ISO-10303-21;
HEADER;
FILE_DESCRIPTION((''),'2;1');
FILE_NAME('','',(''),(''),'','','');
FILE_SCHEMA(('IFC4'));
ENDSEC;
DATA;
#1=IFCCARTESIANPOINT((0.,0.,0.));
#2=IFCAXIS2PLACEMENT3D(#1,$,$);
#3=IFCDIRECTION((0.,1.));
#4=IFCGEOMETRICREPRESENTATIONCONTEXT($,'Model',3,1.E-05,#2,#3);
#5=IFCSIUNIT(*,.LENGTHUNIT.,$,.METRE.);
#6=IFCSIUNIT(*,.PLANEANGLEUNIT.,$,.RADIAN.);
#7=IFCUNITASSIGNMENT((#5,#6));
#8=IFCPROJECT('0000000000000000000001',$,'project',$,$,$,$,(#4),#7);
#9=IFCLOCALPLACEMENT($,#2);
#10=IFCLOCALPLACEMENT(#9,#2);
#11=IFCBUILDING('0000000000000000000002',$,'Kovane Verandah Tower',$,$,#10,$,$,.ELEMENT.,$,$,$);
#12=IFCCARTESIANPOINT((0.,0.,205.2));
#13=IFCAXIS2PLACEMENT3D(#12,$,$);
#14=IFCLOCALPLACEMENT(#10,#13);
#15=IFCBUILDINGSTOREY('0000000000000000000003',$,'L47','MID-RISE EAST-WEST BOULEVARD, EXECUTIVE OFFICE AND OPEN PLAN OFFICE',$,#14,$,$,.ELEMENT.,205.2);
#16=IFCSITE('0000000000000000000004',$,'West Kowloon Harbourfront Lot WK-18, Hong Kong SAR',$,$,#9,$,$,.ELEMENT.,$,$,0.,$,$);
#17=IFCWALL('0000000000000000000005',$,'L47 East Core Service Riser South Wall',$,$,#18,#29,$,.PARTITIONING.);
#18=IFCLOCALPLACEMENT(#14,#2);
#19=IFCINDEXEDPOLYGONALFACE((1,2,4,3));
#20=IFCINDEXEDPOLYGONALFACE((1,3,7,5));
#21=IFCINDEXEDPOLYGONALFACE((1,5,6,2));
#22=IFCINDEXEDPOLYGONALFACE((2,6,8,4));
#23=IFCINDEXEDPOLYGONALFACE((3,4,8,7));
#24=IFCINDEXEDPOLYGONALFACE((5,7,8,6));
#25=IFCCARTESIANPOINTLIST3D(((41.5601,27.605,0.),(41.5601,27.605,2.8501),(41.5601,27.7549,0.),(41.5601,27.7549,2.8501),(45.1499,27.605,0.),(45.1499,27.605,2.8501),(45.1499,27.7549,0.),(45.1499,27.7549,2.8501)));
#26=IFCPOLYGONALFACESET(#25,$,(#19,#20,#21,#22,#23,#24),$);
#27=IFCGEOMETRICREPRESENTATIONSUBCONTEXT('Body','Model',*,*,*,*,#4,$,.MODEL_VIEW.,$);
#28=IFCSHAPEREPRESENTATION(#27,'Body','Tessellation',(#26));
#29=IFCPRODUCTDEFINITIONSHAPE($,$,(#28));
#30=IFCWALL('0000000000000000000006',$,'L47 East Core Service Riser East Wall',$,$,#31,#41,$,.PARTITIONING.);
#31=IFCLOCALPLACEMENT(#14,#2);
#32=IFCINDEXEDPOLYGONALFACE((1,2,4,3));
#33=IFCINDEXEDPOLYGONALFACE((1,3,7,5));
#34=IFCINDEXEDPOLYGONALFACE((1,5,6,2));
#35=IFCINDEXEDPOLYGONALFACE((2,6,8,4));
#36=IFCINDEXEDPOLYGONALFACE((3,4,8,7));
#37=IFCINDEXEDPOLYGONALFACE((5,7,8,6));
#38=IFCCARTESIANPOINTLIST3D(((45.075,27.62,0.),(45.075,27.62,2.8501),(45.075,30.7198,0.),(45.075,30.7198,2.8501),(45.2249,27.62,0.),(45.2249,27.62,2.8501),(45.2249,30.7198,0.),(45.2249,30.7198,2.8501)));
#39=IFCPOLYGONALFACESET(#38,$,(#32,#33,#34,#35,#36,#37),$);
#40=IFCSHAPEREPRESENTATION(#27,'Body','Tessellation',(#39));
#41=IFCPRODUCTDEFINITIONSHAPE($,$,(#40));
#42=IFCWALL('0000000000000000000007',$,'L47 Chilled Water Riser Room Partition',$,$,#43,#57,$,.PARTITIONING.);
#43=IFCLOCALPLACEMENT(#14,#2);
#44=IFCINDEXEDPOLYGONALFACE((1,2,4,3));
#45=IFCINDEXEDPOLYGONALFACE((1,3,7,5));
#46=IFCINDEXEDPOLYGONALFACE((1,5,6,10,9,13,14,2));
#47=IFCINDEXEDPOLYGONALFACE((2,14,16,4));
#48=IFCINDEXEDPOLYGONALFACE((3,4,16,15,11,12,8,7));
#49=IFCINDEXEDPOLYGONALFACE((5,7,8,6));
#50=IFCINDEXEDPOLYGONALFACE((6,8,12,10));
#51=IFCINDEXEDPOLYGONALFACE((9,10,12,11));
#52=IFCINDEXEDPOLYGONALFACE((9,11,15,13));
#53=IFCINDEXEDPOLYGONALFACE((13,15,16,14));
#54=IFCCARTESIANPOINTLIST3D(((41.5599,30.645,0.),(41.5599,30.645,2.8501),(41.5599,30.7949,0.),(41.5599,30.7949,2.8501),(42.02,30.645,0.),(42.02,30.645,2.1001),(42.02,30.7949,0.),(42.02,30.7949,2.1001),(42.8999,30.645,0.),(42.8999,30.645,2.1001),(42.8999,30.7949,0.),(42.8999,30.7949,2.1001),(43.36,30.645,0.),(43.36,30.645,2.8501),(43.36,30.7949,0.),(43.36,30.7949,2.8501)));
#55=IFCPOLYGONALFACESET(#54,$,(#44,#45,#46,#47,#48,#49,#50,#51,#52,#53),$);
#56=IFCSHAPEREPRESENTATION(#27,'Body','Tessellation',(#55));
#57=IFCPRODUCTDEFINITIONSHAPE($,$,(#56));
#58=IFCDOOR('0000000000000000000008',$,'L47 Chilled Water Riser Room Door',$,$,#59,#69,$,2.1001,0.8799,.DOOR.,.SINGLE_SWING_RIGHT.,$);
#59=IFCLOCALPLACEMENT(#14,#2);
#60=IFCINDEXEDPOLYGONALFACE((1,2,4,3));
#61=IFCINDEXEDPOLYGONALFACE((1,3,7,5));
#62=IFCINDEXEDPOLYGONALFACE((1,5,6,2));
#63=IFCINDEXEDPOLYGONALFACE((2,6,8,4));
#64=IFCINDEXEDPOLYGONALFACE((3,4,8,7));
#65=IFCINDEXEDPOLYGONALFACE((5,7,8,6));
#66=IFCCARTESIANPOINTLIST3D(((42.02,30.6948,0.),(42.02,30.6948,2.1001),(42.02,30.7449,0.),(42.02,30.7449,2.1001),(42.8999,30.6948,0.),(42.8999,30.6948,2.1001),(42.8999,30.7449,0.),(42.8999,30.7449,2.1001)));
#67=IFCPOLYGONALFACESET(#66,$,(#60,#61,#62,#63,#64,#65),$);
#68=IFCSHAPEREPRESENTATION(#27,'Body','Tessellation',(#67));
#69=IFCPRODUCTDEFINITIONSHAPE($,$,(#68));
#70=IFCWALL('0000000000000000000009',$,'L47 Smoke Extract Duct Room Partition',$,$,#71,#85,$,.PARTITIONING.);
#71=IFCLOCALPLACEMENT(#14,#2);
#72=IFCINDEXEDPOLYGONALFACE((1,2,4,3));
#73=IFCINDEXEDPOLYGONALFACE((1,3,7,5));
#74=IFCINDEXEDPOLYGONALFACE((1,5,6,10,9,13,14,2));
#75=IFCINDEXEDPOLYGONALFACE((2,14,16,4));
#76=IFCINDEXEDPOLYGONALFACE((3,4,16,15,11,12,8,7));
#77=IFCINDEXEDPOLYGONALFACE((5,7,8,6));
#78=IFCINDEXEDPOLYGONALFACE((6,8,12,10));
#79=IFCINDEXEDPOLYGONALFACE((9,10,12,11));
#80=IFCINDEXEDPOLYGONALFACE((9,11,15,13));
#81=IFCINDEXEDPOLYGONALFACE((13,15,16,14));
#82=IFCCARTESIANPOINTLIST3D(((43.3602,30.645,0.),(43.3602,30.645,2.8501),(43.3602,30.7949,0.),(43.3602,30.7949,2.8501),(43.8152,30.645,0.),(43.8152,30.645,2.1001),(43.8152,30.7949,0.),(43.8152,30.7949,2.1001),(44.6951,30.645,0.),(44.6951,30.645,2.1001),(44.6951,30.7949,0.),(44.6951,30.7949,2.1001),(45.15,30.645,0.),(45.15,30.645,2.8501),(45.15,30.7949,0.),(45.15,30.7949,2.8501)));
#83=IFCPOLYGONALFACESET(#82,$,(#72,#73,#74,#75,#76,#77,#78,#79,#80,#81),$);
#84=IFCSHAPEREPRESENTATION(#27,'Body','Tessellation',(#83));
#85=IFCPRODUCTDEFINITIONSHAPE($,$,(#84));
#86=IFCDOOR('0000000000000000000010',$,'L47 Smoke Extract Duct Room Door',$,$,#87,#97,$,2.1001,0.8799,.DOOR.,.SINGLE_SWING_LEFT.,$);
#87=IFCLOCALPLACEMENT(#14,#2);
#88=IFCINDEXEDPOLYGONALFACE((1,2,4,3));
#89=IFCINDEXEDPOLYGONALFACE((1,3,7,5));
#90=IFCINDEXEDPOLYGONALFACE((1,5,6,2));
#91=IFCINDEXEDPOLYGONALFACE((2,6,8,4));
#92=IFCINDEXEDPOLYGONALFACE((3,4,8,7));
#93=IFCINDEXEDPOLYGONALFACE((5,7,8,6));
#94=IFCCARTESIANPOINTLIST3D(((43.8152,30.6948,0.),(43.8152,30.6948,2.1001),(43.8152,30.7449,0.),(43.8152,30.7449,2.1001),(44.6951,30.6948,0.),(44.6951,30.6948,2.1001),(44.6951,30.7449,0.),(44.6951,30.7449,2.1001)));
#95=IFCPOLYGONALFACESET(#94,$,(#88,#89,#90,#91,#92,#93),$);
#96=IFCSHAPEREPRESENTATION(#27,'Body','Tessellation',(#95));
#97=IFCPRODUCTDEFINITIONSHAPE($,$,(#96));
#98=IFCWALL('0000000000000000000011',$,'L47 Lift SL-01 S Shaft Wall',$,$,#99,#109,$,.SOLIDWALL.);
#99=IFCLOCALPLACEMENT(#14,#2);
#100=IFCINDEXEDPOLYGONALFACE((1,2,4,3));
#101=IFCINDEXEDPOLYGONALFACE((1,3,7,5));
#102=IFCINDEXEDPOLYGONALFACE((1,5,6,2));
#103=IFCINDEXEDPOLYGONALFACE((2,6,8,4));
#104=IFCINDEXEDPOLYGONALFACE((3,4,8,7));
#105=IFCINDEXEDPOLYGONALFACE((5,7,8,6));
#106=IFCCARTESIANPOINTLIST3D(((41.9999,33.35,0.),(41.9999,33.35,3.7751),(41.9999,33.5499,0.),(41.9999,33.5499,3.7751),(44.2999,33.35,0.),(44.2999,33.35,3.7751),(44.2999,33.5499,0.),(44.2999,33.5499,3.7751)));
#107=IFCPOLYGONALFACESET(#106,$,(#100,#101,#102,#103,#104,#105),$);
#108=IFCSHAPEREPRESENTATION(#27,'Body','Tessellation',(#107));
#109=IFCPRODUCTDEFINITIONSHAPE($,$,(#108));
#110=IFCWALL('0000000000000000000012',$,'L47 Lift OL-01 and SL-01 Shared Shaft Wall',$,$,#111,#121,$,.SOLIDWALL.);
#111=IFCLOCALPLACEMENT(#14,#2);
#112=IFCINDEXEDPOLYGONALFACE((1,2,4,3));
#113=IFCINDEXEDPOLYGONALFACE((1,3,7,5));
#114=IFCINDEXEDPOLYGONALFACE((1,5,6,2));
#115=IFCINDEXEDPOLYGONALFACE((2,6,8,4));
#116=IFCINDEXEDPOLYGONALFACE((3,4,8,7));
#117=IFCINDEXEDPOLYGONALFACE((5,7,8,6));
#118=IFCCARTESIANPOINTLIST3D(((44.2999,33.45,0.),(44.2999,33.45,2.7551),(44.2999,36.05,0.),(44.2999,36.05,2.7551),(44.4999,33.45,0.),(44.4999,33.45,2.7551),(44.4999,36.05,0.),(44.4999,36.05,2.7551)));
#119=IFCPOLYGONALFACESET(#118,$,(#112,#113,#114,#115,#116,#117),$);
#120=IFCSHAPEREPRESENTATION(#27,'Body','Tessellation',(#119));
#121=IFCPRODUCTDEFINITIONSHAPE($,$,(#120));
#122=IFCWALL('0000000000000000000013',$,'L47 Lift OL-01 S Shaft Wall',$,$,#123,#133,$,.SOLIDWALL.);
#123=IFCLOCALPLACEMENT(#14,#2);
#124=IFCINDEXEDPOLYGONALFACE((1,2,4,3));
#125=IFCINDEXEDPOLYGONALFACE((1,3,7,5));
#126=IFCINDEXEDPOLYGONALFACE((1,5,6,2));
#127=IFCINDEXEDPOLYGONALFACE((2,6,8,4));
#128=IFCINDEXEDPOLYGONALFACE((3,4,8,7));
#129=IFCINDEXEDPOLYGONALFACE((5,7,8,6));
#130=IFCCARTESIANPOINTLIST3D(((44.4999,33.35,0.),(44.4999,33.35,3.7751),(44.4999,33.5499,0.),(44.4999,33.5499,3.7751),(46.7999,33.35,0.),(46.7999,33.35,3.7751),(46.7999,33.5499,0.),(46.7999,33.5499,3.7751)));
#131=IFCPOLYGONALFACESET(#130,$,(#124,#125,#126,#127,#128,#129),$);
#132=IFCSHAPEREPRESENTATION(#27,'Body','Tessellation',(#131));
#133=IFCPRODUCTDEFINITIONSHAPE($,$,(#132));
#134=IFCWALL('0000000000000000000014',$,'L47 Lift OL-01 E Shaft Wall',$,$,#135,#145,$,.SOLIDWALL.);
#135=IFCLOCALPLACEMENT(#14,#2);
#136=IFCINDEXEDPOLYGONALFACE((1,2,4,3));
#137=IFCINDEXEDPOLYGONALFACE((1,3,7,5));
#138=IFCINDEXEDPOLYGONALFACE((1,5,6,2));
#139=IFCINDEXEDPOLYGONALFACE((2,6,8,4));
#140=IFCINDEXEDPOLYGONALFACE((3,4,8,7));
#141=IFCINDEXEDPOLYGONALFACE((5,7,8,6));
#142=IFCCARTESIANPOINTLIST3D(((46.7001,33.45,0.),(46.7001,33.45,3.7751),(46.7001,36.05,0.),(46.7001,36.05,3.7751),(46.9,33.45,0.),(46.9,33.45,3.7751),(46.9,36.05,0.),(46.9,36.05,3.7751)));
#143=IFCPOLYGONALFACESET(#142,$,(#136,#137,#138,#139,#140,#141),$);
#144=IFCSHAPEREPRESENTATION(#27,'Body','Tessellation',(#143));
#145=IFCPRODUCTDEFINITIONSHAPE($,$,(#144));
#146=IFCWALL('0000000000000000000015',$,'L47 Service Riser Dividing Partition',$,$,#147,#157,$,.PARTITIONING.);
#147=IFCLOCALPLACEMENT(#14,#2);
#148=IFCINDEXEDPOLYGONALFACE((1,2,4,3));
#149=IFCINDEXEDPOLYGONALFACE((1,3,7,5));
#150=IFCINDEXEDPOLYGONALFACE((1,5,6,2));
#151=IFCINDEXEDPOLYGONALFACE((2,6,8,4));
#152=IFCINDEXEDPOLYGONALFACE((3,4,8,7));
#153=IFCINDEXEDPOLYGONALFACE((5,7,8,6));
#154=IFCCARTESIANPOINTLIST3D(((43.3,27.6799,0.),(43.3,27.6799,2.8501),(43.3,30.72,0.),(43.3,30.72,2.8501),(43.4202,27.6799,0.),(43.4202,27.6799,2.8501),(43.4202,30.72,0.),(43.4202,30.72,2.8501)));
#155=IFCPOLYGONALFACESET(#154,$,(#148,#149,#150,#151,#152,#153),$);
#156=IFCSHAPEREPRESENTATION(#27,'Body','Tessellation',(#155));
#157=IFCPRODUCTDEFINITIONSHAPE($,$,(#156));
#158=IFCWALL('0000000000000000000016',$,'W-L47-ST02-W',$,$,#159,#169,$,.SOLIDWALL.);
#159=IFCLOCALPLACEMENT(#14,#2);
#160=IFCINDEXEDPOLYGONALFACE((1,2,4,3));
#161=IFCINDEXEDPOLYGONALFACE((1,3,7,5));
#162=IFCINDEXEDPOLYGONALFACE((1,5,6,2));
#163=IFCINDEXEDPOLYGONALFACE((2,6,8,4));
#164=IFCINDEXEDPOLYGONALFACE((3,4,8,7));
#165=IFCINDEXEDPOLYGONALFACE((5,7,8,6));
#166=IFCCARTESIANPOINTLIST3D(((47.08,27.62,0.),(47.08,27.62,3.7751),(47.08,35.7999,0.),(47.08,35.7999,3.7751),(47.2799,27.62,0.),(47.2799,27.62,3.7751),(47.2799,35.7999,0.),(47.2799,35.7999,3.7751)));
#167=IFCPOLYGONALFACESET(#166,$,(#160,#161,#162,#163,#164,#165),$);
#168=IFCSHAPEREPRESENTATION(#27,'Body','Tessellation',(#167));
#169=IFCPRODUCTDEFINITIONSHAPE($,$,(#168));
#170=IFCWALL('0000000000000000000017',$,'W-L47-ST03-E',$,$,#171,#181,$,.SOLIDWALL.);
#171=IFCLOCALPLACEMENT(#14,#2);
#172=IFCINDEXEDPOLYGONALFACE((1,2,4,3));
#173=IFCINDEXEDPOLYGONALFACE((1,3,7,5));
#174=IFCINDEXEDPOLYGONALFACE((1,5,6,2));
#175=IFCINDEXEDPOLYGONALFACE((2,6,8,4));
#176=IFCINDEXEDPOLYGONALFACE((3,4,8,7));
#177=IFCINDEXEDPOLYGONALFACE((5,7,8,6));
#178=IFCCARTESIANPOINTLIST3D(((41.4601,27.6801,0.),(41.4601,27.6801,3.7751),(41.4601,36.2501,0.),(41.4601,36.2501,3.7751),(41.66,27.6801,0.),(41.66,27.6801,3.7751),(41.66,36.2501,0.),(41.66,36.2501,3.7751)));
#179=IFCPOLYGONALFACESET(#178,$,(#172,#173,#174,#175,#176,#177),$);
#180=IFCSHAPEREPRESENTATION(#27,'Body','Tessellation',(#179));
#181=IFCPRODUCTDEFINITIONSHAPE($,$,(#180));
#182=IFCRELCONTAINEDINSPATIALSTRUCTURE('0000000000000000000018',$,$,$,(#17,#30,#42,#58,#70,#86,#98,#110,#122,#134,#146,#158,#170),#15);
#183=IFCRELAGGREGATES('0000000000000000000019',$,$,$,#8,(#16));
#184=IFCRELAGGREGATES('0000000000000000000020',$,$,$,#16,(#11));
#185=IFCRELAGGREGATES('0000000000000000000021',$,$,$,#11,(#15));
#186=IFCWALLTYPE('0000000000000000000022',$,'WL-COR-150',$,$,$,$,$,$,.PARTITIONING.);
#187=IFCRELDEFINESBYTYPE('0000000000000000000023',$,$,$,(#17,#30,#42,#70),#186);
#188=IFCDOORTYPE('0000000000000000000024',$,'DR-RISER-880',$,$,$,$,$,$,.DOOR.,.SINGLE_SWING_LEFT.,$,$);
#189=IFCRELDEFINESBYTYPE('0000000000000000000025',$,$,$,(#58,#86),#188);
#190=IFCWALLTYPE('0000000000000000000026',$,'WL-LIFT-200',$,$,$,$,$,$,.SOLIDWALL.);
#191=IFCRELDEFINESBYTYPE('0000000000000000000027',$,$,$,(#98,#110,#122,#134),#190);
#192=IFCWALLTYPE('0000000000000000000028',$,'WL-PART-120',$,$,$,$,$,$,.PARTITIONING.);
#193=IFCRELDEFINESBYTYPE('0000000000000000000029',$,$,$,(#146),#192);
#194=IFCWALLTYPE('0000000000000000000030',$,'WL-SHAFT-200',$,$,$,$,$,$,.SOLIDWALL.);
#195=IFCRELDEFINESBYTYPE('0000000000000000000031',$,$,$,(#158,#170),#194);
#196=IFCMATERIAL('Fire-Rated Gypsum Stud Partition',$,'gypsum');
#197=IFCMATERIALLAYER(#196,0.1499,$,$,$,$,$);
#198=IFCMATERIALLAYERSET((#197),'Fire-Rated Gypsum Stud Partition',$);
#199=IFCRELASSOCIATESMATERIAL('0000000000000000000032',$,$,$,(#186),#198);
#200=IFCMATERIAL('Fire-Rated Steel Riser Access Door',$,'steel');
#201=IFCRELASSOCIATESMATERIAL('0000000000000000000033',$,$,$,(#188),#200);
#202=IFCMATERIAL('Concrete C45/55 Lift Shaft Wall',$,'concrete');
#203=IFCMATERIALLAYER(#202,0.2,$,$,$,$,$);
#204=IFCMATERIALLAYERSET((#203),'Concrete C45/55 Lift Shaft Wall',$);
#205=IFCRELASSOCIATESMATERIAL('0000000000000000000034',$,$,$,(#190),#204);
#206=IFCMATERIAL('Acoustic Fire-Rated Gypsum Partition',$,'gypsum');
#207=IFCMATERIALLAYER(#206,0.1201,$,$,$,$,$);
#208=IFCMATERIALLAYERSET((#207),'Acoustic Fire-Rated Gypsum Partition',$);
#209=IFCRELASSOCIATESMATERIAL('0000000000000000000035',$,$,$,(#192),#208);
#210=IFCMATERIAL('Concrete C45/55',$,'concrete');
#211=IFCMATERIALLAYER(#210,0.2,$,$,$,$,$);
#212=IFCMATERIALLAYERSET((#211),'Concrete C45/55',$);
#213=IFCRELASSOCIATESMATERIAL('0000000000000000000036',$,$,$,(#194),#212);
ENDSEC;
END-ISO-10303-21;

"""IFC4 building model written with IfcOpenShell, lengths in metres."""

from ifc_helpers import new_model, si_unit, direction, frame, frame_2d, origin, place, context, subcontext, project, spatial, rectangle, extrude, material, layer, layer_set, type_object, element, fill, save


model = new_model("IFC4")

# Units and contexts
model_context = context("Model", 3, precision=1e-05, world=origin(), true_north=direction((0.0, 1.0)))
body_context = subcontext(model_context, "Body", "Model", "MODEL_VIEW")
ifc_project = project(units=[si_unit("LENGTHUNIT", "METRE"), si_unit("PLANEANGLEUNIT", "RADIAN")], contexts=[model_context])

# Site, building, storey
site_placement = place(None, origin())
site = spatial("IfcSite", under=ifc_project, at=site_placement, Name="West Kowloon Harbourfront Lot WK-18, Hong Kong SAR", CompositionType="ELEMENT", RefElevation=0.0)
building_placement = place(site_placement, origin())
building = spatial("IfcBuilding", under=site, at=building_placement, Name="Kovane Verandah Tower", CompositionType="ELEMENT")
storey_placement = place(building_placement, frame((0.0, 0.0, 205.2)))
storey = spatial("IfcBuildingStorey", under=building, at=storey_placement, Name="L47", Description="MID-RISE EAST-WEST BOULEVARD, EXECUTIVE OFFICE AND OPEN PLAN OFFICE", CompositionType="ELEMENT", Elevation=205.2)

# Walls
ifc_material_1 = material(Name="Fire-Rated Gypsum Stud Partition", Category="gypsum")
ifc_layer_1 = layer(ifc_material_1, 0.1499)
ifc_layer_set_1 = layer_set([ifc_layer_1], Name="Fire-Rated Gypsum Stud Partition")
wall_type_1 = type_object("IfcWallType", Name="WL-COR-150", PredefinedType="PARTITIONING", material=ifc_layer_set_1)
wall_1_placement = place(storey_placement, frame((41.5601, 27.6799, 0.0), z_axis=(0.0, 0.0, 1.0), x_axis=(1.0, 0.0, 0.0)))
element("IfcWall", 1, at=wall_1_placement, inside=storey, type_object=wall_type_1, Name="L47 East Core Service Riser South Wall", PredefinedType="PARTITIONING", context=body_context, shape_type="SweptSolid", body=[
    extrude(rectangle(XDim=3.5898, YDim=0.1499, at=frame_2d((1.7949, 0.0))), origin(), (0.0, 0.0, 1.0), 2.8501),
])
wall_2_placement = place(storey_placement, frame((45.1499, 27.6201, 0.0), z_axis=(0.0, 0.0, 1.0), x_axis=(0.0, 1.0, 0.0)))
element("IfcWall", 2, at=wall_2_placement, inside=storey, type_object=wall_type_1, Name="L47 East Core Service Riser East Wall", PredefinedType="PARTITIONING", context=body_context, shape_type="SweptSolid", body=[
    extrude(rectangle(XDim=3.0999, YDim=0.1499, at=frame_2d((1.5498, 0.0))), origin(), (0.0, 0.0, 1.0), 2.8501),
])

# Walls, openings, doors
wall_3_placement = place(storey_placement, frame((41.5601, 30.72, 0.0), z_axis=(0.0, 0.0, 1.0), x_axis=(1.0, 0.0, 0.0)))
wall_3 = element("IfcWall", 3, at=wall_3_placement, inside=storey, type_object=wall_type_1, Name="L47 Chilled Water Riser Room Partition", PredefinedType="PARTITIONING", context=body_context, shape_type="SweptSolid", body=[
    extrude(rectangle(XDim=1.8, YDim=0.1499, at=frame_2d((0.8999, 0.0))), origin(), (0.0, 0.0, 1.0), 2.8501),
])
opening_1_placement = place(wall_3_placement, frame((0.46, 0.0, 0.0)))
opening_1 = element("IfcOpeningElement", 4, at=opening_1_placement, cuts=wall_3, PredefinedType="OPENING", context=body_context, shape_type="SweptSolid", body=[
    extrude(rectangle(XDim=0.8799, YDim=2.1001, at=frame_2d((0.4399, 1.05))), frame((0.0, 0.075, 0.0), z_axis=(0.0, -1.0, 0.0), x_axis=(1.0, 0.0, 0.0)), (0.0, 0.0, 1.0), 0.1499),
])
ifc_material_2 = material(Name="Fire-Rated Steel Riser Access Door", Category="steel")
door_type_1 = type_object("IfcDoorType", Name="DR-RISER-880", OperationType="SINGLE_SWING_LEFT", PredefinedType="DOOR", material=ifc_material_2)
door_1_placement = place(opening_1_placement, origin())
door_1 = element("IfcDoor", 5, at=door_1_placement, inside=storey, type_object=door_type_1, Name="L47 Chilled Water Riser Room Door", OperationType="SINGLE_SWING_RIGHT", OverallHeight=2.1001, OverallWidth=0.8799, PredefinedType="DOOR", context=body_context, shape_type="SweptSolid", body=[
    extrude(rectangle(XDim=0.8799, YDim=2.1001, at=frame_2d((0.4399, 1.05))), frame((0.0, 0.0249, 0.0), z_axis=(0.0, -1.0, 0.0), x_axis=(1.0, 0.0, 0.0)), (0.0, 0.0, 1.0), 0.05),
])
fill(opening_1, door_1)
wall_4_placement = place(storey_placement, frame((43.3601, 30.72, 0.0), z_axis=(0.0, 0.0, 1.0), x_axis=(1.0, 0.0, 0.0)))
wall_4 = element("IfcWall", 6, at=wall_4_placement, inside=storey, type_object=wall_type_1, Name="L47 Smoke Extract Duct Room Partition", PredefinedType="PARTITIONING", context=body_context, shape_type="SweptSolid", body=[
    extrude(rectangle(XDim=1.7898, YDim=0.1499, at=frame_2d((0.895, 0.0))), origin(), (0.0, 0.0, 1.0), 2.8501),
])
opening_2_placement = place(wall_4_placement, frame((0.4551, 0.0, 0.0)))
opening_2 = element("IfcOpeningElement", 7, at=opening_2_placement, cuts=wall_4, PredefinedType="OPENING", context=body_context, shape_type="SweptSolid", body=[
    extrude(rectangle(XDim=0.8799, YDim=2.1001, at=frame_2d((0.4399, 1.05))), frame((0.0, 0.075, 0.0), z_axis=(0.0, -1.0, 0.0), x_axis=(1.0, 0.0, 0.0)), (0.0, 0.0, 1.0), 0.1499),
])
door_2_placement = place(opening_2_placement, origin())
door_2 = element("IfcDoor", 8, at=door_2_placement, inside=storey, type_object=door_type_1, Name="L47 Smoke Extract Duct Room Door", OperationType="SINGLE_SWING_LEFT", OverallHeight=2.1001, OverallWidth=0.8799, PredefinedType="DOOR", context=body_context, shape_type="SweptSolid", body=[
    extrude(rectangle(XDim=0.8799, YDim=2.1001, at=frame_2d((0.4399, 1.05))), frame((0.0, 0.0249, 0.0), z_axis=(0.0, -1.0, 0.0), x_axis=(1.0, 0.0, 0.0)), (0.0, 0.0, 1.0), 0.05),
])
fill(opening_2, door_2)

# Walls
ifc_material_3 = material(Name="Concrete C45/55 Lift Shaft Wall", Category="concrete")
ifc_layer_2 = layer(ifc_material_3, 0.2)
ifc_layer_set_2 = layer_set([ifc_layer_2], Name="Concrete C45/55 Lift Shaft Wall")
wall_type_2 = type_object("IfcWallType", Name="WL-LIFT-200", PredefinedType="SOLIDWALL", material=ifc_layer_set_2)
wall_5_placement = place(storey_placement, frame((42.0, 33.45, 0.0), z_axis=(0.0, 0.0, 1.0), x_axis=(1.0, 0.0, 0.0)))
element("IfcWall", 9, at=wall_5_placement, inside=storey, type_object=wall_type_2, Name="L47 Lift SL-01 S Shaft Wall", PredefinedType="SOLIDWALL", context=body_context, shape_type="SweptSolid", body=[
    extrude(rectangle(XDim=2.3, YDim=0.2, at=frame_2d((1.1499, 0.0))), origin(), (0.0, 0.0, 1.0), 3.7751),
])
wall_6_placement = place(storey_placement, frame((44.3999, 33.45, 0.0), z_axis=(0.0, 0.0, 1.0), x_axis=(0.0, 1.0, 0.0)))
element("IfcWall", 10, at=wall_6_placement, inside=storey, type_object=wall_type_2, Name="L47 Lift OL-01 and SL-01 Shared Shaft Wall", PredefinedType="SOLIDWALL", context=body_context, shape_type="SweptSolid", body=[
    extrude(rectangle(XDim=2.6001, YDim=0.2, at=frame_2d((1.3, 0.0))), origin(), (0.0, 0.0, 1.0), 2.7551),
])
wall_7_placement = place(storey_placement, frame((44.5, 33.45, 0.0), z_axis=(0.0, 0.0, 1.0), x_axis=(1.0, 0.0, 0.0)))
element("IfcWall", 11, at=wall_7_placement, inside=storey, type_object=wall_type_2, Name="L47 Lift OL-01 S Shaft Wall", PredefinedType="SOLIDWALL", context=body_context, shape_type="SweptSolid", body=[
    extrude(rectangle(XDim=2.3, YDim=0.2, at=frame_2d((1.1499, 0.0))), origin(), (0.0, 0.0, 1.0), 3.7751),
])
wall_8_placement = place(storey_placement, frame((46.8, 33.45, 0.0), z_axis=(0.0, 0.0, 1.0), x_axis=(0.0, 1.0, 0.0)))
element("IfcWall", 12, at=wall_8_placement, inside=storey, type_object=wall_type_2, Name="L47 Lift OL-01 E Shaft Wall", PredefinedType="SOLIDWALL", context=body_context, shape_type="SweptSolid", body=[
    extrude(rectangle(XDim=2.6001, YDim=0.2, at=frame_2d((1.3, 0.0))), origin(), (0.0, 0.0, 1.0), 3.7751),
])
ifc_material_4 = material(Name="Acoustic Fire-Rated Gypsum Partition", Category="gypsum")
ifc_layer_3 = layer(ifc_material_4, 0.1201)
ifc_layer_set_3 = layer_set([ifc_layer_3], Name="Acoustic Fire-Rated Gypsum Partition")
wall_type_3 = type_object("IfcWallType", Name="WL-PART-120", PredefinedType="PARTITIONING", material=ifc_layer_set_3)
wall_9_placement = place(storey_placement, frame((43.3601, 27.6799, 0.0), z_axis=(0.0, 0.0, 1.0), x_axis=(0.0, 1.0, 0.0)))
element("IfcWall", 13, at=wall_9_placement, inside=storey, type_object=wall_type_3, Name="L47 Service Riser Dividing Partition", PredefinedType="PARTITIONING", context=body_context, shape_type="SweptSolid", body=[
    extrude(rectangle(XDim=3.04, YDim=0.1201, at=frame_2d((1.52, 0.0))), origin(), (0.0, 0.0, 1.0), 2.8501),
])
ifc_material_5 = material(Name="Concrete C45/55", Category="concrete")
ifc_layer_4 = layer(ifc_material_5, 0.2)
ifc_layer_set_4 = layer_set([ifc_layer_4], Name="Concrete C45/55")
wall_type_4 = type_object("IfcWallType", Name="WL-SHAFT-200", PredefinedType="SOLIDWALL", material=ifc_layer_set_4)
wall_10_placement = place(storey_placement, frame((47.1799, 27.6201, 0.0), z_axis=(0.0, 0.0, 1.0), x_axis=(0.0, 1.0, 0.0)))
element("IfcWall", 14, at=wall_10_placement, inside=storey, type_object=wall_type_4, Name="W-L47-ST02-W", PredefinedType="SOLIDWALL", context=body_context, shape_type="SweptSolid", body=[
    extrude(rectangle(XDim=8.1799, YDim=0.2, at=frame_2d((4.0898, 0.0))), origin(), (0.0, 0.0, 1.0), 3.7751),
])

# Wall
wall_11_placement = place(storey_placement, frame((41.5601, 27.6799, 0.0), z_axis=(0.0, 0.0, 1.0), x_axis=(0.0, 1.0, 0.0)))
element("IfcWall", 15, at=wall_11_placement, inside=storey, type_object=wall_type_4, Name="W-L47-ST03-E", PredefinedType="SOLIDWALL", context=body_context, shape_type="SweptSolid", body=[
    extrude(rectangle(XDim=8.5701, YDim=0.2, at=frame_2d((4.2852, 0.0))), origin(), (0.0, 0.0, 1.0), 3.7751),
])

save(model, "model.ifc")
